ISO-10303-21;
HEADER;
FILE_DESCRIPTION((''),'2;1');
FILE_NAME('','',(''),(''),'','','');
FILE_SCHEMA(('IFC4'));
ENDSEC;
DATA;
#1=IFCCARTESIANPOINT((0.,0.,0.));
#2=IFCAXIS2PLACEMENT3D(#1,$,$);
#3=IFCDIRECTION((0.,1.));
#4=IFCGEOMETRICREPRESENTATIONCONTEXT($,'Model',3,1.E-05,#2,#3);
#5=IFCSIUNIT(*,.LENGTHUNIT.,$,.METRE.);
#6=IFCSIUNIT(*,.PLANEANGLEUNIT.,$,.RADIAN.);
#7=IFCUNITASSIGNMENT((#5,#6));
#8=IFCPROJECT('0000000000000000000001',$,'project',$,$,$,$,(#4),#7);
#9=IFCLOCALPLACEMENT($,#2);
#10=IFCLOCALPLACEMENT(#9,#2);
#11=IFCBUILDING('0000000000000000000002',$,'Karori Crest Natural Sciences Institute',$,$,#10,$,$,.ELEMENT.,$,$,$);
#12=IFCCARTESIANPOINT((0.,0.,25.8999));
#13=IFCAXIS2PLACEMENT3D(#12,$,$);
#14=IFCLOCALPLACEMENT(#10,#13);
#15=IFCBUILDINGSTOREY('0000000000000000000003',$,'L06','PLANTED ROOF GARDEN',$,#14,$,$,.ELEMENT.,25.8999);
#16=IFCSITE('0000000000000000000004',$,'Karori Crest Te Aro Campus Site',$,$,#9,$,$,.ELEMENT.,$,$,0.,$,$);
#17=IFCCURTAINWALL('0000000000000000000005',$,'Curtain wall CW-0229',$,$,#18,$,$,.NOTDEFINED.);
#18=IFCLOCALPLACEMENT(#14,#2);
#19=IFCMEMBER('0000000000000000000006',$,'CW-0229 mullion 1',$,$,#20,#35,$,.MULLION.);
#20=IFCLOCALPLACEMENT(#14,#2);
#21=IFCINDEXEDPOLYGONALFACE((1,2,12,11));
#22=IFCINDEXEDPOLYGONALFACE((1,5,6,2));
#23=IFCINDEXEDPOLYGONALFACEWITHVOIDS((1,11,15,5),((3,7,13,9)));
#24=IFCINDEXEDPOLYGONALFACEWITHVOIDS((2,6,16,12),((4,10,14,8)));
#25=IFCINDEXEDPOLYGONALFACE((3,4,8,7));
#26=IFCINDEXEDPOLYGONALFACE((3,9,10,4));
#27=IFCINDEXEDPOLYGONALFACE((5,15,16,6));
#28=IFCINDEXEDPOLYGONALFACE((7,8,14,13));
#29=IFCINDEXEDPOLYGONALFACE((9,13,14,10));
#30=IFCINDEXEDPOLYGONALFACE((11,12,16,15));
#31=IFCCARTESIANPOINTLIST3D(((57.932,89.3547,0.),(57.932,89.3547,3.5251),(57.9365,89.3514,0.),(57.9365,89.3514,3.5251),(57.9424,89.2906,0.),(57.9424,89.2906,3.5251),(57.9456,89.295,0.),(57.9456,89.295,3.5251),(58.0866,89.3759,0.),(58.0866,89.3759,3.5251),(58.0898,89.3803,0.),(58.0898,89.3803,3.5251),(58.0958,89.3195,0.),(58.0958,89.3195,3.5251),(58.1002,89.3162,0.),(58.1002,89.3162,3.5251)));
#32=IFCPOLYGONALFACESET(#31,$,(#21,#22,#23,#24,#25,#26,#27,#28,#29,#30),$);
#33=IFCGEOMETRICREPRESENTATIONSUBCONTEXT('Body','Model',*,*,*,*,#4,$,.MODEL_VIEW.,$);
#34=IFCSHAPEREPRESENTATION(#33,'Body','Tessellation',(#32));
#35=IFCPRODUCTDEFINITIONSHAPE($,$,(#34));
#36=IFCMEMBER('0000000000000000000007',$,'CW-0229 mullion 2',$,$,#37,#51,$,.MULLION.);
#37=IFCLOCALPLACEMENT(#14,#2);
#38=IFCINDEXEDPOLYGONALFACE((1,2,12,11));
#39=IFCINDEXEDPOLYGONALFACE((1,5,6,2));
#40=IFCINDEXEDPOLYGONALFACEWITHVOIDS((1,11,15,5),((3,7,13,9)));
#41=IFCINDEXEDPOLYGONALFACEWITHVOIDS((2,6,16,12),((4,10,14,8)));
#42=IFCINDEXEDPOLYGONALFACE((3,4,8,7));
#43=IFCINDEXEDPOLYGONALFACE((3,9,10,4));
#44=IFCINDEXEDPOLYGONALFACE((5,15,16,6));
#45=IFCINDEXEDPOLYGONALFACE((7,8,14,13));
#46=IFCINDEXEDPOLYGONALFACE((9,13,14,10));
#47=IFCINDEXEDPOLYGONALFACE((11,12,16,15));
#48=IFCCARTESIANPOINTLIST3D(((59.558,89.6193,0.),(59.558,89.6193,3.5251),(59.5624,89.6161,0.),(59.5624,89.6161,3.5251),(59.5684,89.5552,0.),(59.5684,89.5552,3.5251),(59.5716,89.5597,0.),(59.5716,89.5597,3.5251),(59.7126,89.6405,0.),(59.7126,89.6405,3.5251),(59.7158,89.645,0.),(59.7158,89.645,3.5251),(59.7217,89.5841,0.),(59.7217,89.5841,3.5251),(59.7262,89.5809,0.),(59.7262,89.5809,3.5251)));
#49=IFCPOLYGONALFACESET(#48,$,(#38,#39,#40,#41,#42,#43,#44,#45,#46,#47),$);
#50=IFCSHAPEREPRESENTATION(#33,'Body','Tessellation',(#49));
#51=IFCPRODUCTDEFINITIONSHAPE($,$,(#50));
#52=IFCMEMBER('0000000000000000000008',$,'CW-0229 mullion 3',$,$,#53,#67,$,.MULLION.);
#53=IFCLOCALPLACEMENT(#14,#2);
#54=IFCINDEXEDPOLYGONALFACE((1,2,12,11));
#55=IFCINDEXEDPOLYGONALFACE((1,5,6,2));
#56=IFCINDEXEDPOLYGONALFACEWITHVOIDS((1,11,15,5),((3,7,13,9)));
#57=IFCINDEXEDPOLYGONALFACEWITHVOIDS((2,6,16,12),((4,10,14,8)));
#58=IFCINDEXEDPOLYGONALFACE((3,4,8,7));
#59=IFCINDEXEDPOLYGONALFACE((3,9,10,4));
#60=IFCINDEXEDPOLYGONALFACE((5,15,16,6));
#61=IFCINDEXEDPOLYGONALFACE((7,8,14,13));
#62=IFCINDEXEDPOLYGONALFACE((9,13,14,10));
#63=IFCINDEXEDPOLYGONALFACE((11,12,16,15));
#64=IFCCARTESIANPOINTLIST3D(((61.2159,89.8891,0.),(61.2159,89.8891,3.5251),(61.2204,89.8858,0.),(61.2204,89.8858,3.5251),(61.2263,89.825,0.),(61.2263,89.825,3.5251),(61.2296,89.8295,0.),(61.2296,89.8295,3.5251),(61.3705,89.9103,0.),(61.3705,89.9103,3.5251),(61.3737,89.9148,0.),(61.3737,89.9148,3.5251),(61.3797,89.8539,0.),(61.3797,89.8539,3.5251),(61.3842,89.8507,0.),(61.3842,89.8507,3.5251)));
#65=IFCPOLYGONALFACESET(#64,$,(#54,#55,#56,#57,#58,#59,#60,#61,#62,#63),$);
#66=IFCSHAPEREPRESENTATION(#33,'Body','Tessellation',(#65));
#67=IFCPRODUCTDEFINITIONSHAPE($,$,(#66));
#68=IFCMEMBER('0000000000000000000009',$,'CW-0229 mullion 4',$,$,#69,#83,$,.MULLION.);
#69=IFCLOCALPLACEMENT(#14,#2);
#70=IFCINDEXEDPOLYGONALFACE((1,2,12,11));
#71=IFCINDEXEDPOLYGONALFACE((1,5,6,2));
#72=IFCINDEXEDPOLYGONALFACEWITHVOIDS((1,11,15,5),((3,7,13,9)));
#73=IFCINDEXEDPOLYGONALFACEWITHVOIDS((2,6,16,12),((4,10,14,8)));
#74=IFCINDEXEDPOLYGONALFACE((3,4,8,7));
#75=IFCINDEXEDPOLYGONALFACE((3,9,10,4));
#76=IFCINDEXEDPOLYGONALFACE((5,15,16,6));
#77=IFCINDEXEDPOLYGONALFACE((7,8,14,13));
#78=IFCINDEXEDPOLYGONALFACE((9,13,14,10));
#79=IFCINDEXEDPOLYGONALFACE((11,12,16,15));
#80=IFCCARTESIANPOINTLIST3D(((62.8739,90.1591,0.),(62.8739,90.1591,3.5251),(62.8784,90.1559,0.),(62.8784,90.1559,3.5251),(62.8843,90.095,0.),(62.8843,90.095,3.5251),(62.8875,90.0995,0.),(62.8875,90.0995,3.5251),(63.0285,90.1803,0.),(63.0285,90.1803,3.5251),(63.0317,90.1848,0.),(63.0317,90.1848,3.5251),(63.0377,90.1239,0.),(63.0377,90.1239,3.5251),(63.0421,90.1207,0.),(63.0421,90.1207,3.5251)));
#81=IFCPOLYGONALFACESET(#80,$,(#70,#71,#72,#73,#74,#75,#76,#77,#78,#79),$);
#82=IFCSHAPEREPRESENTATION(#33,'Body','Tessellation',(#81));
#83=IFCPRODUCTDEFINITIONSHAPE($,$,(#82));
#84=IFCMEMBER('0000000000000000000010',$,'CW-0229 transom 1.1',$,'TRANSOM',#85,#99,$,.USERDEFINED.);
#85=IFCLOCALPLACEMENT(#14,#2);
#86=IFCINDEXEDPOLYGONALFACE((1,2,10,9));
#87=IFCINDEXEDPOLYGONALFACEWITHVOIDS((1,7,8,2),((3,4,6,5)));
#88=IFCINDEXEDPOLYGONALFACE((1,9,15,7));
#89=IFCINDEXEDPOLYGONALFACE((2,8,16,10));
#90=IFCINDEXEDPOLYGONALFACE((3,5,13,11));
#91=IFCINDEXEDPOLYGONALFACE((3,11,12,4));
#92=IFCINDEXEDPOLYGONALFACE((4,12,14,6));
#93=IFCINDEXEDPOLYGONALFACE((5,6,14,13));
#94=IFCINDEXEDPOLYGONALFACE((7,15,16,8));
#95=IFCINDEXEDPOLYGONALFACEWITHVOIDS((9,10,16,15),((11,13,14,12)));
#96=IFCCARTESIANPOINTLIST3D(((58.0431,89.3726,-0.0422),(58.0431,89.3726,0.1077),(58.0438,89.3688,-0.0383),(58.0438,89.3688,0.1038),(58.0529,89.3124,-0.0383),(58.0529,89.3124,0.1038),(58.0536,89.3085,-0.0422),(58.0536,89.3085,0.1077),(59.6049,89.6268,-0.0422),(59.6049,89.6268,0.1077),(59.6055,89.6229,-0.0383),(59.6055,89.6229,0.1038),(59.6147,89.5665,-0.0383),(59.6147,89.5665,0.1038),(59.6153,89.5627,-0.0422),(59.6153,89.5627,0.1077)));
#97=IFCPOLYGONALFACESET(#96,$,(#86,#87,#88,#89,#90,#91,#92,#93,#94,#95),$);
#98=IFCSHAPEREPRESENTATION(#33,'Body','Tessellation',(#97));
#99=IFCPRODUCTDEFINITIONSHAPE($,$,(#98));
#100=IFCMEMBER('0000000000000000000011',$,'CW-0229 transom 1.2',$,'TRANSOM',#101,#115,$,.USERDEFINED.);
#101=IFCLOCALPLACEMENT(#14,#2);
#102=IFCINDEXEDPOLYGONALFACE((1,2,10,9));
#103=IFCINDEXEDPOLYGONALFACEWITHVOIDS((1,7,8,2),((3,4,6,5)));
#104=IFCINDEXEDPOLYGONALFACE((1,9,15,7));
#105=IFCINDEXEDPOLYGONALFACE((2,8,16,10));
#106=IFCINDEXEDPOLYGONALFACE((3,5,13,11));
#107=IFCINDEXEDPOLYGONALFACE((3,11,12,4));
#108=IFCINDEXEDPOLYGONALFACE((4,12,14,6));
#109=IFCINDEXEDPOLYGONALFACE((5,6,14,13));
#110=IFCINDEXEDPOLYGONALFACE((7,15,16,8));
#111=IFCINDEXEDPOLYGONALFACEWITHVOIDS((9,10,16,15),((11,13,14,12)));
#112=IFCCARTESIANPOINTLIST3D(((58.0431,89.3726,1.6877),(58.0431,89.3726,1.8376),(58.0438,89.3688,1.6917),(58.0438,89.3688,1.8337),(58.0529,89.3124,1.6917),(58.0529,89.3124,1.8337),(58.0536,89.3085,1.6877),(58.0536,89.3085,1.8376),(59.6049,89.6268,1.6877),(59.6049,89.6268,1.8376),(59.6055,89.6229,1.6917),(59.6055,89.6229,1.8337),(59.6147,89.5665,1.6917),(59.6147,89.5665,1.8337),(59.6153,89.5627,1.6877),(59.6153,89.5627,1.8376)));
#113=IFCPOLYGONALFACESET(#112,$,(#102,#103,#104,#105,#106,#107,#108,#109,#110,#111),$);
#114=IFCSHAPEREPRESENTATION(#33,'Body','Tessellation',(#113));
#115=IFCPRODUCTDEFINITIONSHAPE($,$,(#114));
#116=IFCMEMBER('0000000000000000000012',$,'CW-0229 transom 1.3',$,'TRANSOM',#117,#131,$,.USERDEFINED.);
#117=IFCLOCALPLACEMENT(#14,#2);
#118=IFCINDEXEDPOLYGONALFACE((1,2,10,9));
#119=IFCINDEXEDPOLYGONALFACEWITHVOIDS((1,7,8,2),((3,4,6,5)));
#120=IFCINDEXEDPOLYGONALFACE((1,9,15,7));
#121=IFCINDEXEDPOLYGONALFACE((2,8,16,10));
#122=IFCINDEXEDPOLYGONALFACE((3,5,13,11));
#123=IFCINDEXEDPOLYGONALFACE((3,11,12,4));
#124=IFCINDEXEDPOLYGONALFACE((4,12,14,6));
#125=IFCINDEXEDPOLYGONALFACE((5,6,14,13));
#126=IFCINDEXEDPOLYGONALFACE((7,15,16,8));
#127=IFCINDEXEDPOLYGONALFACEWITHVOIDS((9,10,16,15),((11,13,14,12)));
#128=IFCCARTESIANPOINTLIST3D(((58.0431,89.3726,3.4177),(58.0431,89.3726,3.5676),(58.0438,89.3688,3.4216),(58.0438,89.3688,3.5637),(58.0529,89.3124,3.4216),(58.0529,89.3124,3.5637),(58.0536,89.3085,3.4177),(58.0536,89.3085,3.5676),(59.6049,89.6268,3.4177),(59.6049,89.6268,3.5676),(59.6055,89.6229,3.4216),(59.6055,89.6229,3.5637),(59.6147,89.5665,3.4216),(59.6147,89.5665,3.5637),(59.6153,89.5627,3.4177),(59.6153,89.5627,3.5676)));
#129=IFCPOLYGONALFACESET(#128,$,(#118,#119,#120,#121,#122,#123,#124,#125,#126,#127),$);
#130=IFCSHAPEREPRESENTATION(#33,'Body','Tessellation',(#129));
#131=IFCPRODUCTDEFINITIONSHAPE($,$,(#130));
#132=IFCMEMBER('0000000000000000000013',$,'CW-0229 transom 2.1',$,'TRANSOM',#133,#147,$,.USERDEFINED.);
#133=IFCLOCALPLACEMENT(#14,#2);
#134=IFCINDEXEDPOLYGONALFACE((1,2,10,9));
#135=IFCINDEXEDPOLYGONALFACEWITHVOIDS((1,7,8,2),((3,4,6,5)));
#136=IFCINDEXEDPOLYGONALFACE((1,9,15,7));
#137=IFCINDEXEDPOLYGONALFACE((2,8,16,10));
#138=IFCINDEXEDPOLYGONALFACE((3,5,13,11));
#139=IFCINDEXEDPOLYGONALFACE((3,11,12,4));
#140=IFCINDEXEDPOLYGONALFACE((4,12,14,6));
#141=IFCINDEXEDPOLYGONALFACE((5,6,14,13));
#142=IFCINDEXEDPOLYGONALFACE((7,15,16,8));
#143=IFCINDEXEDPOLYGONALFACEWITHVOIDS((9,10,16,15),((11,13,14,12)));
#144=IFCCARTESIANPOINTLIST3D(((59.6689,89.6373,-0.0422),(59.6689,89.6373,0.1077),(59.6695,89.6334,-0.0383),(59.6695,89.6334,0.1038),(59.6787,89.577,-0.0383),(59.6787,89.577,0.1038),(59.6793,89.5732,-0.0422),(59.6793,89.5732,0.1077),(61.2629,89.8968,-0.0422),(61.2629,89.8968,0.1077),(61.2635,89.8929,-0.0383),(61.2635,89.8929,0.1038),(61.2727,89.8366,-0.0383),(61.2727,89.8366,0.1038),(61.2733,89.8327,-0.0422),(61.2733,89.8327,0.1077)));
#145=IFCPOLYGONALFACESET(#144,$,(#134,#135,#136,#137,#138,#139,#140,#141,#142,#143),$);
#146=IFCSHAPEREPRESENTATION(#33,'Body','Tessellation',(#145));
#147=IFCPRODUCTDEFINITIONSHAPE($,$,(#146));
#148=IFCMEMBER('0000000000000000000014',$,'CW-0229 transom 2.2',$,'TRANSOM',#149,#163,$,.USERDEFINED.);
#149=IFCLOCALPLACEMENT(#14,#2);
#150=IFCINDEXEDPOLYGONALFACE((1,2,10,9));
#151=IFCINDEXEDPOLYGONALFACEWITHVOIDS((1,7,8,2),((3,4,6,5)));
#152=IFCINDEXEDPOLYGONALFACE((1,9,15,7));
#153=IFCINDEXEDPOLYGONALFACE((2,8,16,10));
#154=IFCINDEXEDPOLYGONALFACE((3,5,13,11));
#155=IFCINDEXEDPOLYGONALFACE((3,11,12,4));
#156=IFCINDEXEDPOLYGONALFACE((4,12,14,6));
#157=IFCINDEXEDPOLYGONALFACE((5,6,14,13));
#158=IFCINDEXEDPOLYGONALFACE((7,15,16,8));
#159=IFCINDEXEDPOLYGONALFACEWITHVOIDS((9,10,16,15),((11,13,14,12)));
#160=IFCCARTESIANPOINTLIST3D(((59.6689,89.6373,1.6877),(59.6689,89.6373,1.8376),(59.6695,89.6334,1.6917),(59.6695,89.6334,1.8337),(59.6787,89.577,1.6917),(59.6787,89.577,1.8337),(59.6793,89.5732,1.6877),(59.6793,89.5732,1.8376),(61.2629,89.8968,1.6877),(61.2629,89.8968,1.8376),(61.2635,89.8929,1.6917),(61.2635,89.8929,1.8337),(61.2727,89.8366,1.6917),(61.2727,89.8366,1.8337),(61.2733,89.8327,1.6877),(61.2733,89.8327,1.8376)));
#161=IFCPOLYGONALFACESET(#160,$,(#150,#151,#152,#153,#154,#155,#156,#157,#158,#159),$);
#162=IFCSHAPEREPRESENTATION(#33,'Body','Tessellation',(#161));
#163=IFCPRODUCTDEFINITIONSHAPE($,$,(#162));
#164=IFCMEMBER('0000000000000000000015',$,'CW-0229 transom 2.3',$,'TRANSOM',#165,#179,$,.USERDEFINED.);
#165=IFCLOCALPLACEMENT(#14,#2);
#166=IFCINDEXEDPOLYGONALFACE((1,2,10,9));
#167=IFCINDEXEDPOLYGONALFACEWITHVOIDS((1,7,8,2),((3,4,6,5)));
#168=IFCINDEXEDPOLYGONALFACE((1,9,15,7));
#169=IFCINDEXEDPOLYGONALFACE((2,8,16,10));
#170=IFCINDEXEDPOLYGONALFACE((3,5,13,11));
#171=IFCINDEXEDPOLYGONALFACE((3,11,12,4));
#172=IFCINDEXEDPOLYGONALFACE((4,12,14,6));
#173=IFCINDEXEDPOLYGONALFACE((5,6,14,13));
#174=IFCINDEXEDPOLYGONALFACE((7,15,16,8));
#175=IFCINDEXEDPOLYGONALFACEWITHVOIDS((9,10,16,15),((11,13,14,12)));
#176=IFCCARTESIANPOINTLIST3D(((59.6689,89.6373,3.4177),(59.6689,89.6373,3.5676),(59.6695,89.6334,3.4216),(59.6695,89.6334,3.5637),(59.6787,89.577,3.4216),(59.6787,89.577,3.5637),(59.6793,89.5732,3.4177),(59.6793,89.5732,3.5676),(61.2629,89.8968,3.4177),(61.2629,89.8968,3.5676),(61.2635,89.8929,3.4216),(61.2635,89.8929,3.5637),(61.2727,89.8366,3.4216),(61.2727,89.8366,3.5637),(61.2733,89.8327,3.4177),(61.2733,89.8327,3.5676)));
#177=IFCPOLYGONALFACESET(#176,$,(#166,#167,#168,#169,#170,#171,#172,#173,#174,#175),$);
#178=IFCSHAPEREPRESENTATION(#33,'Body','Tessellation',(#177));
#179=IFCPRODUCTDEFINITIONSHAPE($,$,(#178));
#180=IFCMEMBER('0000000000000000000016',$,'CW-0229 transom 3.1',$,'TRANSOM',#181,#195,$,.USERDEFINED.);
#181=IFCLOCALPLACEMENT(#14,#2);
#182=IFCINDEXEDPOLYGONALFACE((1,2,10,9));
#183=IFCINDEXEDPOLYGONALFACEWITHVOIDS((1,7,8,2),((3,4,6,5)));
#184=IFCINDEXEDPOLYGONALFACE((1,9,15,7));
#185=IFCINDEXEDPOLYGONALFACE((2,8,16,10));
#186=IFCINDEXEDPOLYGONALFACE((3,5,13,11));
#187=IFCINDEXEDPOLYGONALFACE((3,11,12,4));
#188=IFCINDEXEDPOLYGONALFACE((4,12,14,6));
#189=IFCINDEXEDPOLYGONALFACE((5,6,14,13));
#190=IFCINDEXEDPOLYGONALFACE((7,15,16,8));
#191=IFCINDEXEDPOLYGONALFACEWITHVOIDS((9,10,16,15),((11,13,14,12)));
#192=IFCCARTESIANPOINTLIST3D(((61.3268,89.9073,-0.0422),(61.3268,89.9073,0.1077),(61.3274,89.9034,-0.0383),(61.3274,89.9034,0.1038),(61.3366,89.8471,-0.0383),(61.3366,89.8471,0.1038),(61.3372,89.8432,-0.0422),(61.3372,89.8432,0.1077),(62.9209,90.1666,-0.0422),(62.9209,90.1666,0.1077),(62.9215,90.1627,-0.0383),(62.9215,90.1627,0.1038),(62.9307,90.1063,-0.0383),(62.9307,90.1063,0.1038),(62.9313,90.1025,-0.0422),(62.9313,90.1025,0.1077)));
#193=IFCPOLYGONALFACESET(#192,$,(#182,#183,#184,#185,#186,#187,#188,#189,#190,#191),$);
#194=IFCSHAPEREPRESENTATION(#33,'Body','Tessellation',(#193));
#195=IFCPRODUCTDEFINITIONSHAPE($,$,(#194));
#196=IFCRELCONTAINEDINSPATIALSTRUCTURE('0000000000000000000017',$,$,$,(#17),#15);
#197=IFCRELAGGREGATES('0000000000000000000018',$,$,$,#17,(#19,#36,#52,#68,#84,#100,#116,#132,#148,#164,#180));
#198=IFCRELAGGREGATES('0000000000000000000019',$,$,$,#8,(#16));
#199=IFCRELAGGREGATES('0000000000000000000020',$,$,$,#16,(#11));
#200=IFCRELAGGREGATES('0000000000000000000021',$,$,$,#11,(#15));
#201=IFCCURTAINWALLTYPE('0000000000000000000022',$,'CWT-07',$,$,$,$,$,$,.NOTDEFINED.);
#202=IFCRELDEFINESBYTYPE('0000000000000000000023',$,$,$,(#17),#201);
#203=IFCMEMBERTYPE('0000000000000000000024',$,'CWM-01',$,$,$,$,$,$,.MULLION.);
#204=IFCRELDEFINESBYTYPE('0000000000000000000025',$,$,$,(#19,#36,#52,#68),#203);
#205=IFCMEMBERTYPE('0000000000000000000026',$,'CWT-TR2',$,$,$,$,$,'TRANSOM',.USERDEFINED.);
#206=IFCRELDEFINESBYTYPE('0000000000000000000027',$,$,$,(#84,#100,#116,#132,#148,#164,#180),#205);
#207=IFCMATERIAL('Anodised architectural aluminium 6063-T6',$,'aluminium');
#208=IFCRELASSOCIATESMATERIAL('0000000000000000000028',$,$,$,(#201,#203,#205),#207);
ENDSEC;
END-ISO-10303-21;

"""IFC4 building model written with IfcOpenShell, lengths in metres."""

from ifc_helpers import new_model, si_unit, direction, frame, origin, origin_2d, place, context, subcontext, project, spatial, hollow_rectangle, extrude, material, material_profile, profile_set, type_object, element, aggregate, save


model = new_model("IFC4")

# Units and contexts
model_context = context("Model", 3, precision=1e-05, world=origin(), true_north=direction((0.0, 1.0)))
body_context = subcontext(model_context, "Body", "Model", "MODEL_VIEW")
ifc_project = project(units=[si_unit("LENGTHUNIT", "METRE"), si_unit("PLANEANGLEUNIT", "RADIAN")], contexts=[model_context])

# Site, building, storey
site_placement = place(None, origin())
site = spatial("IfcSite", under=ifc_project, at=site_placement, Name="Karori Crest Te Aro Campus Site", CompositionType="ELEMENT", RefElevation=0.0)
building_placement = place(site_placement, origin())
building = spatial("IfcBuilding", under=site, at=building_placement, Name="Karori Crest Natural Sciences Institute", CompositionType="ELEMENT")
storey_placement = place(building_placement, frame((0.0, 0.0, 25.8999)))
storey = spatial("IfcBuildingStorey", under=building, at=storey_placement, Name="L06", Description="PLANTED ROOF GARDEN", CompositionType="ELEMENT", Elevation=25.8999)

# Curtain wall, members
ifc_material_1 = material(Name="Anodised architectural aluminium 6063-T6", Category="aluminium")
curtain_wall_type = type_object("IfcCurtainWallType", Name="CWT-07", PredefinedType="NOTDEFINED", material=ifc_material_1)
curtain_wall_placement = place(storey_placement, origin())
curtain_wall = element("IfcCurtainWall", 1, at=curtain_wall_placement, inside=storey, type_object=curtain_wall_type, Name="Curtain wall CW-0229", PredefinedType="NOTDEFINED")
ifc_material_profile_1 = material_profile(ifc_material_1, hollow_rectangle(XDim=0.0649, YDim=0.1599, WallThickness=0.0039, at=origin_2d()), Name="CWM160x65x4")
ifc_profile_set_1 = profile_set([ifc_material_profile_1], Name="Anodised architectural aluminium 6063-T6")
member_type_1 = type_object("IfcMemberType", Name="CWM-01", PredefinedType="MULLION", material=ifc_profile_set_1)
member_1_placement = place(storey_placement, frame((58.0161, 89.3354, 0.0), z_axis=(0.0, 0.0, 1.0), x_axis=(-0.16065, 0.987011, 0.0)))
member_1 = element("IfcMember", 2, at=member_1_placement, type_object=member_type_1, Name="CW-0229 mullion 1", PredefinedType="MULLION", context=body_context, shape_type="SweptSolid", body=[
    extrude(hollow_rectangle(XDim=0.0649, YDim=0.1599, WallThickness=0.0039, at=origin_2d()), origin(), (0.0, 0.0, 1.0), 3.5251),
])
member_2_placement = place(storey_placement, frame((59.6421, 89.6001, 0.0), z_axis=(0.0, 0.0, 1.0), x_axis=(-0.16065, 0.987011, 0.0)))
member_2 = element("IfcMember", 3, at=member_2_placement, type_object=member_type_1, Name="CW-0229 mullion 2", PredefinedType="MULLION", context=body_context, shape_type="SweptSolid", body=[
    extrude(hollow_rectangle(XDim=0.0649, YDim=0.1599, WallThickness=0.0039, at=origin_2d()), origin(), (0.0, 0.0, 1.0), 3.5251),
])
member_3_placement = place(storey_placement, frame((61.3, 89.8699, 0.0), z_axis=(0.0, 0.0, 1.0), x_axis=(-0.16065, 0.987011, 0.0)))
member_3 = element("IfcMember", 4, at=member_3_placement, type_object=member_type_1, Name="CW-0229 mullion 3", PredefinedType="MULLION", context=body_context, shape_type="SweptSolid", body=[
    extrude(hollow_rectangle(XDim=0.0649, YDim=0.1599, WallThickness=0.0039, at=origin_2d()), origin(), (0.0, 0.0, 1.0), 3.5251),
])
member_4_placement = place(storey_placement, frame((62.958, 90.1399, 0.0), z_axis=(0.0, 0.0, 1.0), x_axis=(-0.16065, 0.987011, 0.0)))
member_4 = element("IfcMember", 5, at=member_4_placement, type_object=member_type_1, Name="CW-0229 mullion 4", PredefinedType="MULLION", context=body_context, shape_type="SweptSolid", body=[
    extrude(hollow_rectangle(XDim=0.0649, YDim=0.1599, WallThickness=0.0039, at=origin_2d()), origin(), (0.0, 0.0, 1.0), 3.5251),
])
ifc_material_profile_2 = material_profile(ifc_material_1, hollow_rectangle(XDim=0.0649, YDim=0.1499, WallThickness=0.0039, at=origin_2d()), Name="CWT150x65x4")
ifc_profile_set_2 = profile_set([ifc_material_profile_2], Name="Anodised architectural aluminium 6063-T6")
member_type_2 = type_object("IfcMemberType", Name="CWT-TR2", ElementType="TRANSOM", PredefinedType="USERDEFINED", material=ifc_profile_set_2)
member_5_placement = place(storey_placement, frame((58.0483, 89.3406, 0.0327), z_axis=(0.987016, 0.16062, 0.0), x_axis=(-0.16062, 0.987016, 0.0)))
member_5 = element("IfcMember", 6, at=member_5_placement, type_object=member_type_2, Name="CW-0229 transom 1.1", ObjectType="TRANSOM", PredefinedType="USERDEFINED", context=body_context, shape_type="SweptSolid", body=[
    extrude(hollow_rectangle(XDim=0.0649, YDim=0.1499, WallThickness=0.0039, at=origin_2d()), origin(), (0.0, 0.0, 1.0), 1.5823),
])
member_6_placement = place(storey_placement, frame((58.0483, 89.3406, 1.7627), z_axis=(0.987016, 0.16062, 0.0), x_axis=(-0.16062, 0.987016, 0.0)))
member_6 = element("IfcMember", 7, at=member_6_placement, type_object=member_type_2, Name="CW-0229 transom 1.2", ObjectType="TRANSOM", PredefinedType="USERDEFINED", context=body_context, shape_type="SweptSolid", body=[
    extrude(hollow_rectangle(XDim=0.0649, YDim=0.1499, WallThickness=0.0039, at=origin_2d()), origin(), (0.0, 0.0, 1.0), 1.5823),
])
member_7_placement = place(storey_placement, frame((58.0483, 89.3406, 3.4927), z_axis=(0.987016, 0.16062, 0.0), x_axis=(-0.16062, 0.987016, 0.0)))
member_7 = element("IfcMember", 8, at=member_7_placement, type_object=member_type_2, Name="CW-0229 transom 1.3", ObjectType="TRANSOM", PredefinedType="USERDEFINED", context=body_context, shape_type="SweptSolid", body=[
    extrude(hollow_rectangle(XDim=0.0649, YDim=0.1499, WallThickness=0.0039, at=origin_2d()), origin(), (0.0, 0.0, 1.0), 1.5823),
])
member_8_placement = place(storey_placement, frame((59.6741, 89.6052, 0.0327), z_axis=(0.987004, 0.160696, 0.0), x_axis=(-0.160696, 0.987004, 0.0)))
member_8 = element("IfcMember", 9, at=member_8_placement, type_object=member_type_2, Name="CW-0229 transom 2.1", ObjectType="TRANSOM", PredefinedType="USERDEFINED", context=body_context, shape_type="SweptSolid", body=[
    extrude(hollow_rectangle(XDim=0.0649, YDim=0.1499, WallThickness=0.0039, at=origin_2d()), origin(), (0.0, 0.0, 1.0), 1.615),
])
member_9_placement = place(storey_placement, frame((59.6741, 89.6052, 1.7627), z_axis=(0.987004, 0.160696, 0.0), x_axis=(-0.160696, 0.987004, 0.0)))
member_9 = element("IfcMember", 10, at=member_9_placement, type_object=member_type_2, Name="CW-0229 transom 2.2", ObjectType="TRANSOM", PredefinedType="USERDEFINED", context=body_context, shape_type="SweptSolid", body=[
    extrude(hollow_rectangle(XDim=0.0649, YDim=0.1499, WallThickness=0.0039, at=origin_2d()), origin(), (0.0, 0.0, 1.0), 1.615),
])
member_10_placement = place(storey_placement, frame((59.6741, 89.6052, 3.4927), z_axis=(0.987004, 0.160696, 0.0), x_axis=(-0.160696, 0.987004, 0.0)))
member_10 = element("IfcMember", 11, at=member_10_placement, type_object=member_type_2, Name="CW-0229 transom 2.3", ObjectType="TRANSOM", PredefinedType="USERDEFINED", context=body_context, shape_type="SweptSolid", body=[
    extrude(hollow_rectangle(XDim=0.0649, YDim=0.1499, WallThickness=0.0039, at=origin_2d()), origin(), (0.0, 0.0, 1.0), 1.615),
])
member_11_placement = place(storey_placement, frame((61.332, 89.8752, 0.0327), z_axis=(0.987028, 0.160549, 0.0), x_axis=(-0.160549, 0.987028, 0.0)))
member_11 = element("IfcMember", 12, at=member_11_placement, type_object=member_type_2, Name="CW-0229 transom 3.1", ObjectType="TRANSOM", PredefinedType="USERDEFINED", context=body_context, shape_type="SweptSolid", body=[
    extrude(hollow_rectangle(XDim=0.0649, YDim=0.1499, WallThickness=0.0039, at=origin_2d()), origin(), (0.0, 0.0, 1.0), 1.615),
])
aggregate(curtain_wall, [member_1, member_2, member_3, member_4, member_5, member_6, member_7, member_8, member_9, member_10, member_11])

save(model, "model.ifc")
